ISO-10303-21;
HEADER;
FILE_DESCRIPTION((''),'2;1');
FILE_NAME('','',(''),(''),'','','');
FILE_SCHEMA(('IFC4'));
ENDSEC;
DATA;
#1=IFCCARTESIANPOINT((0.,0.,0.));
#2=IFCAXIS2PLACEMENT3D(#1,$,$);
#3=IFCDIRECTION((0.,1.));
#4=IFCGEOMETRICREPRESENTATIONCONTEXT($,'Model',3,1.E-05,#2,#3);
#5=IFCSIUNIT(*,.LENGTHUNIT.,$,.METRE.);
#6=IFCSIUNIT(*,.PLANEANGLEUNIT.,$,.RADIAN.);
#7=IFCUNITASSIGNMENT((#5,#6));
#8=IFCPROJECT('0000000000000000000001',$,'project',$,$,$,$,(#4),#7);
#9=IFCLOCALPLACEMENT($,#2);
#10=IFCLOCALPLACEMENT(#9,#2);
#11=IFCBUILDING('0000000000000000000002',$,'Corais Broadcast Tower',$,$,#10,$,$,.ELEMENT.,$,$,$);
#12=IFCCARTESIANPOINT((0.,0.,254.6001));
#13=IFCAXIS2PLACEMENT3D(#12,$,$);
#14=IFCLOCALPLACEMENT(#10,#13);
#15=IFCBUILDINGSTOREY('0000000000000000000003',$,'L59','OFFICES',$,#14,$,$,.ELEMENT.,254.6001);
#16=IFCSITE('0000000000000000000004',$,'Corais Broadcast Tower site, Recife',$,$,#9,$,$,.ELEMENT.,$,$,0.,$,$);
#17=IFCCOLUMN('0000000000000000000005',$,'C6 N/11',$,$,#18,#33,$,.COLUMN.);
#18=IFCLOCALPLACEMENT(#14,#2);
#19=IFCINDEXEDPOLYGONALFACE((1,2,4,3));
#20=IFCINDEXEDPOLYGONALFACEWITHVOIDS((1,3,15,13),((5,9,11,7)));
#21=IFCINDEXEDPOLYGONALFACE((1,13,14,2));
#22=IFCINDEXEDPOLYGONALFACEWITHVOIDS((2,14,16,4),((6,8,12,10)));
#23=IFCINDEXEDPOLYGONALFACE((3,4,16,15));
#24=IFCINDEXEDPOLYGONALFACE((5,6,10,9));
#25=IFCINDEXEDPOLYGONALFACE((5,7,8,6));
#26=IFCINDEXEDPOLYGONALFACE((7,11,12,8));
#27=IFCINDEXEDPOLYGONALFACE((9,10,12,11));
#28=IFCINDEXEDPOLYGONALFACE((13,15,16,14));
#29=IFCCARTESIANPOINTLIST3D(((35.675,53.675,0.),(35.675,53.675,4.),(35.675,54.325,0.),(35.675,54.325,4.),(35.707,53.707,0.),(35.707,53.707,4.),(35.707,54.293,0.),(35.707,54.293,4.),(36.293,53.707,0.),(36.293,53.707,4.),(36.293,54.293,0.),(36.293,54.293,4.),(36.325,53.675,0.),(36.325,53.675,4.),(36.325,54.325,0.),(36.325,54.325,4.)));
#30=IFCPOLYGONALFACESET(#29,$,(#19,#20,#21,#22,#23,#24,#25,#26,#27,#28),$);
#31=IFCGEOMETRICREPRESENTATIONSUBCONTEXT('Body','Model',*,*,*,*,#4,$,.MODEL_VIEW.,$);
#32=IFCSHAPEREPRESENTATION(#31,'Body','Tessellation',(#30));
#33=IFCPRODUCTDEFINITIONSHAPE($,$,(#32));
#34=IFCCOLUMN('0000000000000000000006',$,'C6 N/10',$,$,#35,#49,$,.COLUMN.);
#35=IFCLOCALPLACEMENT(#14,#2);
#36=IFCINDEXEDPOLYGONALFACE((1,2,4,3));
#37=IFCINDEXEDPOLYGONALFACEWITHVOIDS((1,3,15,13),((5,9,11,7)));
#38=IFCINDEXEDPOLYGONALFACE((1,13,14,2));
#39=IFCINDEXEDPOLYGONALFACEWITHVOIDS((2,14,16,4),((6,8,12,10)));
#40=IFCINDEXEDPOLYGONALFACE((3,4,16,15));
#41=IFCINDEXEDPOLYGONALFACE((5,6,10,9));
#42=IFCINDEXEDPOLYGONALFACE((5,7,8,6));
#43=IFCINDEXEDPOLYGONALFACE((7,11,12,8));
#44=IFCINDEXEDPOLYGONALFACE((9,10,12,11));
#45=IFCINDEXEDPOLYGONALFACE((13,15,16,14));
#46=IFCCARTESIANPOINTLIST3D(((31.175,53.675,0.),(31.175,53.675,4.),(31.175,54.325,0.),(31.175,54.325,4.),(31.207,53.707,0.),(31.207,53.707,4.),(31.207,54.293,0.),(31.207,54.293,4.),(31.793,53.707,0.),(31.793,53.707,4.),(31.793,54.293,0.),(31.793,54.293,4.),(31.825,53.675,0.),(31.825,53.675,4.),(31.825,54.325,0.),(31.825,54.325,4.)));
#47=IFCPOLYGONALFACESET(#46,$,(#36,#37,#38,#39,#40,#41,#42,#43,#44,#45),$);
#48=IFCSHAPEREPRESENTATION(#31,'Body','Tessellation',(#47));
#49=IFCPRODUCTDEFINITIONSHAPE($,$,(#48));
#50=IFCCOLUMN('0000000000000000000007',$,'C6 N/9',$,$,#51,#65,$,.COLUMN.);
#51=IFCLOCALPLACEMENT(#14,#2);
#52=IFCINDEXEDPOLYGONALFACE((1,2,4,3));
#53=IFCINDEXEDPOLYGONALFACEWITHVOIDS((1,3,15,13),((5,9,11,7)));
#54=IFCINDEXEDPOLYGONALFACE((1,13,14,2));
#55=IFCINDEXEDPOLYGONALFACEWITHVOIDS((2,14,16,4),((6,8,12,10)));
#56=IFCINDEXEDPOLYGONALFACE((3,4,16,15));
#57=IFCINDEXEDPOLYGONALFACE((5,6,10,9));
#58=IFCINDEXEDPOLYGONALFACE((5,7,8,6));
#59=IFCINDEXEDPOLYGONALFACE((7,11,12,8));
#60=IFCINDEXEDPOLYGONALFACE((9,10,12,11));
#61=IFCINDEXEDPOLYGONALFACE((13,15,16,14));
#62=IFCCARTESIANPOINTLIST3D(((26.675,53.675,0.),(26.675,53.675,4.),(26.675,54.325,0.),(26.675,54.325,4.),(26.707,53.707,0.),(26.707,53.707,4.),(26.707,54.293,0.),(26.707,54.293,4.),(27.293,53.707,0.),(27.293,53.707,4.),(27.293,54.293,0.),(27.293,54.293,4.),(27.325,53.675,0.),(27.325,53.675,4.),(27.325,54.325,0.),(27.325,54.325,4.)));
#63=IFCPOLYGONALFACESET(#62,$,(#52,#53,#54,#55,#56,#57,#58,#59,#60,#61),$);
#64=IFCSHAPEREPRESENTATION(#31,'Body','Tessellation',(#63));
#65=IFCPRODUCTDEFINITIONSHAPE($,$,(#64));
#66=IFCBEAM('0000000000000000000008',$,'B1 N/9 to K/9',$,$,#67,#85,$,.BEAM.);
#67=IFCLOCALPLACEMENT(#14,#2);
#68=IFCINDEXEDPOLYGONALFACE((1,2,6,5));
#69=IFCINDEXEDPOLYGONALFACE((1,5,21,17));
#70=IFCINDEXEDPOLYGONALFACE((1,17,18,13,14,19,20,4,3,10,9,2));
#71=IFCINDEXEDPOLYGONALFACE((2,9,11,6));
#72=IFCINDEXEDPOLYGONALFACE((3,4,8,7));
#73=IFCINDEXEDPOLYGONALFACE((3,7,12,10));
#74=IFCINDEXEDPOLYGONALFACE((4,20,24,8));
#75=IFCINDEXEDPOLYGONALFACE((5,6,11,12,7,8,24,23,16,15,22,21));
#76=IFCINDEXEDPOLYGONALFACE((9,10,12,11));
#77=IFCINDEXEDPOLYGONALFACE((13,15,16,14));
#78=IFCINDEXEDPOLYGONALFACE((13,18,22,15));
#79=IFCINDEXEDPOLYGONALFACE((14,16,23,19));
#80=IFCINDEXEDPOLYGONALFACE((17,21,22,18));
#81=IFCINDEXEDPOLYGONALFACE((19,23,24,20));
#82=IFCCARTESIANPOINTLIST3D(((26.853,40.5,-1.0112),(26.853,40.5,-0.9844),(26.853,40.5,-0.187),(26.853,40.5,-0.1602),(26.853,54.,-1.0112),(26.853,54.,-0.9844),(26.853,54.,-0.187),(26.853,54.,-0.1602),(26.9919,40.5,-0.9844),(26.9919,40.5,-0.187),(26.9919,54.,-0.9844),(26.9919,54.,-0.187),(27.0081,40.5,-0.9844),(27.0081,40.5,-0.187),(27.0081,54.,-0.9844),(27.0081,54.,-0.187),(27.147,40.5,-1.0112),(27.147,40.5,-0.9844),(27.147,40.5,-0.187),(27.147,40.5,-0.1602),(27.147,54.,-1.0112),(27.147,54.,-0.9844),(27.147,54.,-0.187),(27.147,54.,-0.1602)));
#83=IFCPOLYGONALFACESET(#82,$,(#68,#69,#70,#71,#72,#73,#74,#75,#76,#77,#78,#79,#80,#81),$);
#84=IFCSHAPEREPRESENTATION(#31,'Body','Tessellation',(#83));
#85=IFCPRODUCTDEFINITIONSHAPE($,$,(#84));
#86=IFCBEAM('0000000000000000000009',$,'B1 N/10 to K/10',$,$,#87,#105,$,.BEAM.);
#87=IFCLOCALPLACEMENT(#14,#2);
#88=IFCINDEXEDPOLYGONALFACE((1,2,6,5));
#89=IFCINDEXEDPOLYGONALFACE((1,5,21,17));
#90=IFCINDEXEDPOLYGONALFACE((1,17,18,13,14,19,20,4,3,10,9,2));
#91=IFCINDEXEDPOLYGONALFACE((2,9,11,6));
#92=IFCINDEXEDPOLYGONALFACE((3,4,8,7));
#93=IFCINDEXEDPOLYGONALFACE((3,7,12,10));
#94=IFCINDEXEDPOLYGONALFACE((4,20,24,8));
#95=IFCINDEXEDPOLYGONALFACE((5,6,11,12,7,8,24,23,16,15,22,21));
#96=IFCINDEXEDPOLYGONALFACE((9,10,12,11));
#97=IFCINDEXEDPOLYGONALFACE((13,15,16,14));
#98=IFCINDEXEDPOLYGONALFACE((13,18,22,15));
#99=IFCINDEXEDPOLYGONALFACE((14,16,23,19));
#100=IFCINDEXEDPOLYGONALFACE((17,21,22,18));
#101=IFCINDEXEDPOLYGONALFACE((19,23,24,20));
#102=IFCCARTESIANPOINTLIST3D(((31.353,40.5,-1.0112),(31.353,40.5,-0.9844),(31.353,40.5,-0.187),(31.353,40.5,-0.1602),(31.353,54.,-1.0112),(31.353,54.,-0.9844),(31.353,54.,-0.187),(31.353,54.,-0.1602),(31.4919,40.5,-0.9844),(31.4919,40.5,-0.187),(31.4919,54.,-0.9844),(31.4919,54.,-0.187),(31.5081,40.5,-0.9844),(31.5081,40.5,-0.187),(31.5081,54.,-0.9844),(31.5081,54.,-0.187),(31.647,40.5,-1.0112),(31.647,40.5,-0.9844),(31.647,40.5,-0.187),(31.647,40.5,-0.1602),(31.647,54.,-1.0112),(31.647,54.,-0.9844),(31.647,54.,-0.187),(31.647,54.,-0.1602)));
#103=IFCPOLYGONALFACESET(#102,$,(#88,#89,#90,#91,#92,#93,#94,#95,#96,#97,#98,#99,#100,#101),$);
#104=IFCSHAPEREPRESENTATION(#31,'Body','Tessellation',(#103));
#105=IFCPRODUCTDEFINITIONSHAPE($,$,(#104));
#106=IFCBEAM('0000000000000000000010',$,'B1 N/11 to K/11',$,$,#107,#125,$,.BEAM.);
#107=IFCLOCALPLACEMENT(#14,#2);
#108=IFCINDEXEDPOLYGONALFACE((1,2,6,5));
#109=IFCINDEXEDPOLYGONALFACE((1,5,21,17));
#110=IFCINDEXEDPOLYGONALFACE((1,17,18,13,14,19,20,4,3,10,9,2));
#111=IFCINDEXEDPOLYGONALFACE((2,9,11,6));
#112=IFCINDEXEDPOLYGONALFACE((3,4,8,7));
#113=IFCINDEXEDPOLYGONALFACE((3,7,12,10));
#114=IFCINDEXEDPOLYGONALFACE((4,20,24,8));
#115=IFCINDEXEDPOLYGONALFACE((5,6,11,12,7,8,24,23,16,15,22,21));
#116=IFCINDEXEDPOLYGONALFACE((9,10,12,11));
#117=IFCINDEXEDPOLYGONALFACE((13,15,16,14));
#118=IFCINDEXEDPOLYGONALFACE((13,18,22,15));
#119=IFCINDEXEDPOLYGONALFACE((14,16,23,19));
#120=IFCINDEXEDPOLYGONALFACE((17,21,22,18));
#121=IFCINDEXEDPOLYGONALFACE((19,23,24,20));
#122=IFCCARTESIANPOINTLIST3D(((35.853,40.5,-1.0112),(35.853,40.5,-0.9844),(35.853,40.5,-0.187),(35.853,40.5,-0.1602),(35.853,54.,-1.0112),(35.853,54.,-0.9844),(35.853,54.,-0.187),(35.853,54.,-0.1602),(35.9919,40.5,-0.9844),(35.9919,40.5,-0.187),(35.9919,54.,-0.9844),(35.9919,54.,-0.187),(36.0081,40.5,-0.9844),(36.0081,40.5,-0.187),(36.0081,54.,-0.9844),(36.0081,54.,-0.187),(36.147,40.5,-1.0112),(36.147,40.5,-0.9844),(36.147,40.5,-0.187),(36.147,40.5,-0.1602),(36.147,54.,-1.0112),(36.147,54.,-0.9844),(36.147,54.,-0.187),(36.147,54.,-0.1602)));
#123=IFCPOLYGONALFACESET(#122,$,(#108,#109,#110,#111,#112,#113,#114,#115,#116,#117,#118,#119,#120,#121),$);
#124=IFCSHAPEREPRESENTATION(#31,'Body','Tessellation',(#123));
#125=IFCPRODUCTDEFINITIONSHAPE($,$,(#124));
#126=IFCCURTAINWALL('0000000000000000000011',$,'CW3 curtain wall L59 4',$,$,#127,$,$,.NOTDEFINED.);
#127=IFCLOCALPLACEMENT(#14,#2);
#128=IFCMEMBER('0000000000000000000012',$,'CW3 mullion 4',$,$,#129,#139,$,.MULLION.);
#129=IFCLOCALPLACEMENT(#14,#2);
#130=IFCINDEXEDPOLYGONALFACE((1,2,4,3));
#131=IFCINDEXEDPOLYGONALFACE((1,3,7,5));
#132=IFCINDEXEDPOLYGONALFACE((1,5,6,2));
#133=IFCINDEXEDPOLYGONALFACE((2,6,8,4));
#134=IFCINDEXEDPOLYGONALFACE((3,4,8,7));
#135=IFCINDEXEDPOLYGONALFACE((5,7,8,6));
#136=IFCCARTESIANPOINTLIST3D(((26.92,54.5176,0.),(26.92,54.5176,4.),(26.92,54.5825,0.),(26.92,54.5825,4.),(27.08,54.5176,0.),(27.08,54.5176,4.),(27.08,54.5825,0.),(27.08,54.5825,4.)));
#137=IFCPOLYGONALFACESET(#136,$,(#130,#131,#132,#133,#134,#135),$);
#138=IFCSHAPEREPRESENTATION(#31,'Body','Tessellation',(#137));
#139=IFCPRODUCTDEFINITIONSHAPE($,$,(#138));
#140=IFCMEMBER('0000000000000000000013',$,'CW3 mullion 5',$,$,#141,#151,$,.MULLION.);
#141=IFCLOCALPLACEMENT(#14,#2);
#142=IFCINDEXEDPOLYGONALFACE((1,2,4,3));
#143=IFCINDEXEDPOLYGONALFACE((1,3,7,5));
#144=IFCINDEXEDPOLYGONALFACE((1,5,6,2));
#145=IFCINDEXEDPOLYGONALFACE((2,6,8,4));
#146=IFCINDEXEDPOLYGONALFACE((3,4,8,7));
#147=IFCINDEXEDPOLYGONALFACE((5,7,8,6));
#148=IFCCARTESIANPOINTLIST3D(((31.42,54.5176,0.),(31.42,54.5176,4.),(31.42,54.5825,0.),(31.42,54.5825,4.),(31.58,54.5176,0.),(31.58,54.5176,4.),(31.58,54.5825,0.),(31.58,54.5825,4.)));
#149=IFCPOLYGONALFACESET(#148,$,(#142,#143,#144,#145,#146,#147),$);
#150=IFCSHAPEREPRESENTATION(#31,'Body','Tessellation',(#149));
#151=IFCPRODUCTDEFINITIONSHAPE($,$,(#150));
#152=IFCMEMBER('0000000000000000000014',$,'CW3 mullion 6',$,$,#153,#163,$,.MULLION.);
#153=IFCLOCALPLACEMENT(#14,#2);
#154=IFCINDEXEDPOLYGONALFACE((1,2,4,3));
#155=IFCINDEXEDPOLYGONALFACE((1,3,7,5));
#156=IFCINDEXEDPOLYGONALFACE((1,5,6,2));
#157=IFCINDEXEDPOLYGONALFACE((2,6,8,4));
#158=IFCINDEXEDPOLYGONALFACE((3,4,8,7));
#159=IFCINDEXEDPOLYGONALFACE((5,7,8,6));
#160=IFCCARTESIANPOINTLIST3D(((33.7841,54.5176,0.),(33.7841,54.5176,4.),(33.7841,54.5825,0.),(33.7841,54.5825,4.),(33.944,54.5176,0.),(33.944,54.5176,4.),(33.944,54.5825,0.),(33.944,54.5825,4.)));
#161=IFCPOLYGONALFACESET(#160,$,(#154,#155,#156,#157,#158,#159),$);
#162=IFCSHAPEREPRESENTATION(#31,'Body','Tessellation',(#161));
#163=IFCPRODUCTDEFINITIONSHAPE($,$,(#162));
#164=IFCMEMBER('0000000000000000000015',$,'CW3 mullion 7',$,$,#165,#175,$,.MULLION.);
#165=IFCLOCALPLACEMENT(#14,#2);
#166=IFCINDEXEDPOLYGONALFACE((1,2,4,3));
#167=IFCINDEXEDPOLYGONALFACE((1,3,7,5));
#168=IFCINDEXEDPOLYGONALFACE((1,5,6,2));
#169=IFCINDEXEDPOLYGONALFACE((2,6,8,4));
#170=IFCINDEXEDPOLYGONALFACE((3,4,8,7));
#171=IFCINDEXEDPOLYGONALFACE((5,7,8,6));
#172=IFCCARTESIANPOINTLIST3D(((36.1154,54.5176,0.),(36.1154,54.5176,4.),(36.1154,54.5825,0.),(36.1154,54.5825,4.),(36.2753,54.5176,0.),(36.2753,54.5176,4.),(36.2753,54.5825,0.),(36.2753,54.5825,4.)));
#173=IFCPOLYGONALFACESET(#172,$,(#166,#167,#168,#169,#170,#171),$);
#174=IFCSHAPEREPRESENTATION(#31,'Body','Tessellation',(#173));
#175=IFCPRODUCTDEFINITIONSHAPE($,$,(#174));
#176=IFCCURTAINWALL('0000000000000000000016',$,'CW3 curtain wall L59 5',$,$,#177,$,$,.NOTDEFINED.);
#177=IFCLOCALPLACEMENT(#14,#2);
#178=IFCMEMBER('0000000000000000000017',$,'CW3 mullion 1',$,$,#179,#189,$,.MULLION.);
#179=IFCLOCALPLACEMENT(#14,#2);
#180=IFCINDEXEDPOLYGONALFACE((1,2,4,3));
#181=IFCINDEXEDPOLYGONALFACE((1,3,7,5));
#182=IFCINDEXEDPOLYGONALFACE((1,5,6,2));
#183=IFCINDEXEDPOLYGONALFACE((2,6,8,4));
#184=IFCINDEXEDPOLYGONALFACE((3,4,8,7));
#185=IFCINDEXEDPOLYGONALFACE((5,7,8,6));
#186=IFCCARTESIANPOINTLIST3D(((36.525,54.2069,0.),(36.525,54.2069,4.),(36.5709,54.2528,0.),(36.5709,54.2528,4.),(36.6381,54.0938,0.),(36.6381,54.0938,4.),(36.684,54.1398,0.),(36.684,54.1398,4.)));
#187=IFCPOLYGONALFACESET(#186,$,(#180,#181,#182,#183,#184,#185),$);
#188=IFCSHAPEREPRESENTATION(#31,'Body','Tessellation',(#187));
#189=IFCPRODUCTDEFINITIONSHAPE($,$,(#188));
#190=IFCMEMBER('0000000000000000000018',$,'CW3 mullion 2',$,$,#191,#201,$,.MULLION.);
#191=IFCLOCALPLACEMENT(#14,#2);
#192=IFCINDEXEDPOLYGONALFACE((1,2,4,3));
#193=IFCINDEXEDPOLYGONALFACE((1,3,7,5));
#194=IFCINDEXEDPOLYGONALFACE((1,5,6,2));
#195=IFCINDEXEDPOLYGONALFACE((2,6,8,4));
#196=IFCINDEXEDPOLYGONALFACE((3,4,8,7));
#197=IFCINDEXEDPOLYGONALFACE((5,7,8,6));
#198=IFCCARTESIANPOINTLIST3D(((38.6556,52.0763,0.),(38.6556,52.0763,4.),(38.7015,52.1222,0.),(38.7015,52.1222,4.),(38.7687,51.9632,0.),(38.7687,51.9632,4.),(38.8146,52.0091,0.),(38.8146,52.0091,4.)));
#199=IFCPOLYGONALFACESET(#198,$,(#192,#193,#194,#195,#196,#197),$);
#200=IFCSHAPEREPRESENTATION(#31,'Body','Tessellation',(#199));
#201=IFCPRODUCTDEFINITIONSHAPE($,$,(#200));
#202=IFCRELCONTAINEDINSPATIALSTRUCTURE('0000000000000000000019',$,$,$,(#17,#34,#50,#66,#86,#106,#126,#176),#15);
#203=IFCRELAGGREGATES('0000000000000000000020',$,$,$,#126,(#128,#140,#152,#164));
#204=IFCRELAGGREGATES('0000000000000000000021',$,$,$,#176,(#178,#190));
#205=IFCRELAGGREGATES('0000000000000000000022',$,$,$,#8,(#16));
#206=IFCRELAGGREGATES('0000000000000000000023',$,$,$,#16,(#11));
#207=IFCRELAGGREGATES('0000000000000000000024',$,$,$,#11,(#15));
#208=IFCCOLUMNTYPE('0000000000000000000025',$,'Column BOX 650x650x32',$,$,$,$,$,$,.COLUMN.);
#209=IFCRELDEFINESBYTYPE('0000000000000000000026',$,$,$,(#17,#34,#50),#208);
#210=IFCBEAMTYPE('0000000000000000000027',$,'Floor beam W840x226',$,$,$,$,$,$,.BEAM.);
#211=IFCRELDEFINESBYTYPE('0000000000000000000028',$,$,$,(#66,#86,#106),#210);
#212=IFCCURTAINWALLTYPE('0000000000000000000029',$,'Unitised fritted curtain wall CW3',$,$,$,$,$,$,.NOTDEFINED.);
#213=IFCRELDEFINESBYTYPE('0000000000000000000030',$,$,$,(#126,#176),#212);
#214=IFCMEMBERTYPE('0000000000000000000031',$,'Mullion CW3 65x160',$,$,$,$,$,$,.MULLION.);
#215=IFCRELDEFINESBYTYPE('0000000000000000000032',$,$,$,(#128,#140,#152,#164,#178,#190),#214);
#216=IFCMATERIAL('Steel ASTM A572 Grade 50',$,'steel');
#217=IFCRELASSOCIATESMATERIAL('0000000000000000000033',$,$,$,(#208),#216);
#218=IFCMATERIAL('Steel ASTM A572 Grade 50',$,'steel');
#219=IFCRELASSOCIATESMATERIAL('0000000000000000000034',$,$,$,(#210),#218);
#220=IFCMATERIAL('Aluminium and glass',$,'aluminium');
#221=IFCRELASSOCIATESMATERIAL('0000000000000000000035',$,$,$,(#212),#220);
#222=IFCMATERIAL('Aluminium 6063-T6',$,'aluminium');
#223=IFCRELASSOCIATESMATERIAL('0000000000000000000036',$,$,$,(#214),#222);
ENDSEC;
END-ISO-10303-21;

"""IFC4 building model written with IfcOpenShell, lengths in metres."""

from ifc_helpers import new_model, si_unit, direction, frame, origin, origin_2d, place, context, subcontext, project, spatial, rectangle, hollow_rectangle, i_section, extrude, material, material_profile, profile_set, type_object, element, aggregate, save


model = new_model("IFC4")

# Units and contexts
model_context = context("Model", 3, precision=1e-05, world=origin(), true_north=direction((0.0, 1.0)))
body_context = subcontext(model_context, "Body", "Model", "MODEL_VIEW")
ifc_project = project(units=[si_unit("LENGTHUNIT", "METRE"), si_unit("PLANEANGLEUNIT", "RADIAN")], contexts=[model_context])

# Site, building, storey
site_placement = place(None, origin())
site = spatial("IfcSite", under=ifc_project, at=site_placement, Name="Corais Broadcast Tower site, Recife", CompositionType="ELEMENT", RefElevation=0.0)
building_placement = place(site_placement, origin())
building = spatial("IfcBuilding", under=site, at=building_placement, Name="Corais Broadcast Tower", CompositionType="ELEMENT")
storey_placement = place(building_placement, frame((0.0, 0.0, 254.6001)))
storey = spatial("IfcBuildingStorey", under=building, at=storey_placement, Name="L59", Description="OFFICES", CompositionType="ELEMENT", Elevation=254.6001)

# Columns
ifc_material_1 = material(Name="Steel ASTM A572 Grade 50", Category="steel")
ifc_material_profile_1 = material_profile(ifc_material_1, hollow_rectangle(XDim=0.6499, YDim=0.6499, WallThickness=0.032, at=origin_2d()), Name="BOX 650x650x32")
ifc_profile_set_1 = profile_set([ifc_material_profile_1], Name="Steel ASTM A572 Grade 50")
column_type = type_object("IfcColumnType", Name="Column BOX 650x650x32", PredefinedType="COLUMN", material=ifc_profile_set_1)
for number, where, z_axis, x_axis, name in (
    (1, (36.0, 54.0, 0.0), (0.0, 0.0, 1.0), (1.0, 0.0, 0.0), "C6 N/11"),
    (2, (31.5, 54.0, 0.0), (0.0, 0.0, 1.0), (1.0, 0.0, 0.0), "C6 N/10"),
    (3, (27.0, 54.0, 0.0), (0.0, 0.0, 1.0), (1.0, 0.0, 0.0), "C6 N/9"),
):
    element("IfcColumn", number, at=place(storey_placement, frame(where, z_axis=z_axis, x_axis=x_axis)), inside=storey, type_object=column_type, Name=name, PredefinedType="COLUMN", context=body_context, shape_type="SweptSolid", body=[
        extrude(hollow_rectangle(XDim=0.6499, YDim=0.6499, WallThickness=0.032, at=origin_2d()), origin(), (0.0, 0.0, 1.0), 4.0),
    ])

# Beams
ifc_material_2 = material(Name="Steel ASTM A572 Grade 50", Category="steel")
ifc_material_profile_2 = material_profile(ifc_material_2, i_section(OverallWidth=0.2939, OverallDepth=0.8511, WebThickness=0.0161, FlangeThickness=0.0269, at=origin_2d()), Name="W840x226")
ifc_profile_set_2 = profile_set([ifc_material_profile_2], Name="Steel ASTM A572 Grade 50")
beam_type_1 = type_object("IfcBeamType", Name="Floor beam W840x226", PredefinedType="BEAM", material=ifc_profile_set_2)
for number, where, z_axis, x_axis, name in (
    (4, (27.0, 54.0, -0.5857), (0.0, -1.0, 0.0), (1.0, 0.0, 0.0), "B1 N/9 to K/9"),
    (5, (31.5, 54.0, -0.5857), (0.0, -1.0, 0.0), (1.0, 0.0, 0.0), "B1 N/10 to K/10"),
    (6, (36.0, 54.0, -0.5857), (0.0, -1.0, 0.0), (1.0, 0.0, 0.0), "B1 N/11 to K/11"),
):
    element("IfcBeam", number, at=place(storey_placement, frame(where, z_axis=z_axis, x_axis=x_axis)), inside=storey, type_object=beam_type_1, Name=name, PredefinedType="BEAM", context=body_context, shape_type="SweptSolid", body=[
        extrude(i_section(OverallWidth=0.2939, OverallDepth=0.8511, WebThickness=0.0161, FlangeThickness=0.0269, at=origin_2d()), origin(), (0.0, 0.0, 1.0), 13.5),
    ])

# Curtain walls, members
ifc_material_3 = material(Name="Aluminium and glass", Category="aluminium")
curtain_wall_type = type_object("IfcCurtainWallType", Name="Unitised fritted curtain wall CW3", PredefinedType="NOTDEFINED", material=ifc_material_3)
curtain_wall_1_placement = place(storey_placement, origin())
curtain_wall_1 = element("IfcCurtainWall", 7, at=curtain_wall_1_placement, inside=storey, type_object=curtain_wall_type, Name="CW3 curtain wall L59 4", PredefinedType="NOTDEFINED")
ifc_material_4 = material(Name="Aluminium 6063-T6", Category="aluminium")
ifc_material_profile_3 = material_profile(ifc_material_4, rectangle(XDim=0.0649, YDim=0.1599, at=origin_2d()), Name="Mullion CW3 65x160")
ifc_profile_set_3 = profile_set([ifc_material_profile_3], Name="Aluminium 6063-T6")
member_type_1 = type_object("IfcMemberType", Name="Mullion CW3 65x160", PredefinedType="MULLION", material=ifc_profile_set_3)
member_1_placement = place(storey_placement, frame((27.0, 54.55, 0.0), z_axis=(0.0, 0.0, 1.0), x_axis=(0.0, 1.0, 0.0)))
member_1 = element("IfcMember", 8, at=member_1_placement, type_object=member_type_1, Name="CW3 mullion 4", PredefinedType="MULLION", context=body_context, shape_type="SweptSolid", body=[
    extrude(rectangle(XDim=0.0649, YDim=0.1599, at=origin_2d()), origin(), (0.0, 0.0, 1.0), 4.0),
])
member_2_placement = place(storey_placement, frame((31.5, 54.55, 0.0), z_axis=(0.0, 0.0, 1.0), x_axis=(0.0, 1.0, 0.0)))
member_2 = element("IfcMember", 9, at=member_2_placement, type_object=member_type_1, Name="CW3 mullion 5", PredefinedType="MULLION", context=body_context, shape_type="SweptSolid", body=[
    extrude(rectangle(XDim=0.0649, YDim=0.1599, at=origin_2d()), origin(), (0.0, 0.0, 1.0), 4.0),
])
member_3_placement = place(storey_placement, frame((33.864, 54.55, 0.0), z_axis=(0.0, 0.0, 1.0), x_axis=(0.0, 1.0, 0.0)))
member_3 = element("IfcMember", 10, at=member_3_placement, type_object=member_type_1, Name="CW3 mullion 6", PredefinedType="MULLION", context=body_context, shape_type="SweptSolid", body=[
    extrude(rectangle(XDim=0.0649, YDim=0.1599, at=origin_2d()), origin(), (0.0, 0.0, 1.0), 4.0),
])
member_4_placement = place(storey_placement, frame((36.1953, 54.55, 0.0), z_axis=(0.0, 0.0, 1.0), x_axis=(0.0, 1.0, 0.0)))
member_4 = element("IfcMember", 11, at=member_4_placement, type_object=member_type_1, Name="CW3 mullion 7", PredefinedType="MULLION", context=body_context, shape_type="SweptSolid", body=[
    extrude(rectangle(XDim=0.0649, YDim=0.1599, at=origin_2d()), origin(), (0.0, 0.0, 1.0), 4.0),
])
curtain_wall_2_placement = place(storey_placement, origin())
curtain_wall_2 = element("IfcCurtainWall", 12, at=curtain_wall_2_placement, inside=storey, type_object=curtain_wall_type, Name="CW3 curtain wall L59 5", PredefinedType="NOTDEFINED")
member_5_placement = place(storey_placement, frame((36.6045, 54.1733, 0.0), z_axis=(0.0, 0.0, 1.0), x_axis=(0.707107, 0.707107, 0.0)))
member_5 = element("IfcMember", 13, at=member_5_placement, type_object=member_type_1, Name="CW3 mullion 1", PredefinedType="MULLION", context=body_context, shape_type="SweptSolid", body=[
    extrude(rectangle(XDim=0.0649, YDim=0.1599, at=origin_2d()), origin(), (0.0, 0.0, 1.0), 4.0),
])
member_6_placement = place(storey_placement, frame((38.7351, 52.0427, 0.0), z_axis=(0.0, 0.0, 1.0), x_axis=(0.707107, 0.707107, 0.0)))
member_6 = element("IfcMember", 14, at=member_6_placement, type_object=member_type_1, Name="CW3 mullion 2", PredefinedType="MULLION", context=body_context, shape_type="SweptSolid", body=[
    extrude(rectangle(XDim=0.0649, YDim=0.1599, at=origin_2d()), origin(), (0.0, 0.0, 1.0), 4.0),
])

aggregate(curtain_wall_1, [member_1, member_2, member_3, member_4])
aggregate(curtain_wall_2, [member_5, member_6])

save(model, "model.ifc")
